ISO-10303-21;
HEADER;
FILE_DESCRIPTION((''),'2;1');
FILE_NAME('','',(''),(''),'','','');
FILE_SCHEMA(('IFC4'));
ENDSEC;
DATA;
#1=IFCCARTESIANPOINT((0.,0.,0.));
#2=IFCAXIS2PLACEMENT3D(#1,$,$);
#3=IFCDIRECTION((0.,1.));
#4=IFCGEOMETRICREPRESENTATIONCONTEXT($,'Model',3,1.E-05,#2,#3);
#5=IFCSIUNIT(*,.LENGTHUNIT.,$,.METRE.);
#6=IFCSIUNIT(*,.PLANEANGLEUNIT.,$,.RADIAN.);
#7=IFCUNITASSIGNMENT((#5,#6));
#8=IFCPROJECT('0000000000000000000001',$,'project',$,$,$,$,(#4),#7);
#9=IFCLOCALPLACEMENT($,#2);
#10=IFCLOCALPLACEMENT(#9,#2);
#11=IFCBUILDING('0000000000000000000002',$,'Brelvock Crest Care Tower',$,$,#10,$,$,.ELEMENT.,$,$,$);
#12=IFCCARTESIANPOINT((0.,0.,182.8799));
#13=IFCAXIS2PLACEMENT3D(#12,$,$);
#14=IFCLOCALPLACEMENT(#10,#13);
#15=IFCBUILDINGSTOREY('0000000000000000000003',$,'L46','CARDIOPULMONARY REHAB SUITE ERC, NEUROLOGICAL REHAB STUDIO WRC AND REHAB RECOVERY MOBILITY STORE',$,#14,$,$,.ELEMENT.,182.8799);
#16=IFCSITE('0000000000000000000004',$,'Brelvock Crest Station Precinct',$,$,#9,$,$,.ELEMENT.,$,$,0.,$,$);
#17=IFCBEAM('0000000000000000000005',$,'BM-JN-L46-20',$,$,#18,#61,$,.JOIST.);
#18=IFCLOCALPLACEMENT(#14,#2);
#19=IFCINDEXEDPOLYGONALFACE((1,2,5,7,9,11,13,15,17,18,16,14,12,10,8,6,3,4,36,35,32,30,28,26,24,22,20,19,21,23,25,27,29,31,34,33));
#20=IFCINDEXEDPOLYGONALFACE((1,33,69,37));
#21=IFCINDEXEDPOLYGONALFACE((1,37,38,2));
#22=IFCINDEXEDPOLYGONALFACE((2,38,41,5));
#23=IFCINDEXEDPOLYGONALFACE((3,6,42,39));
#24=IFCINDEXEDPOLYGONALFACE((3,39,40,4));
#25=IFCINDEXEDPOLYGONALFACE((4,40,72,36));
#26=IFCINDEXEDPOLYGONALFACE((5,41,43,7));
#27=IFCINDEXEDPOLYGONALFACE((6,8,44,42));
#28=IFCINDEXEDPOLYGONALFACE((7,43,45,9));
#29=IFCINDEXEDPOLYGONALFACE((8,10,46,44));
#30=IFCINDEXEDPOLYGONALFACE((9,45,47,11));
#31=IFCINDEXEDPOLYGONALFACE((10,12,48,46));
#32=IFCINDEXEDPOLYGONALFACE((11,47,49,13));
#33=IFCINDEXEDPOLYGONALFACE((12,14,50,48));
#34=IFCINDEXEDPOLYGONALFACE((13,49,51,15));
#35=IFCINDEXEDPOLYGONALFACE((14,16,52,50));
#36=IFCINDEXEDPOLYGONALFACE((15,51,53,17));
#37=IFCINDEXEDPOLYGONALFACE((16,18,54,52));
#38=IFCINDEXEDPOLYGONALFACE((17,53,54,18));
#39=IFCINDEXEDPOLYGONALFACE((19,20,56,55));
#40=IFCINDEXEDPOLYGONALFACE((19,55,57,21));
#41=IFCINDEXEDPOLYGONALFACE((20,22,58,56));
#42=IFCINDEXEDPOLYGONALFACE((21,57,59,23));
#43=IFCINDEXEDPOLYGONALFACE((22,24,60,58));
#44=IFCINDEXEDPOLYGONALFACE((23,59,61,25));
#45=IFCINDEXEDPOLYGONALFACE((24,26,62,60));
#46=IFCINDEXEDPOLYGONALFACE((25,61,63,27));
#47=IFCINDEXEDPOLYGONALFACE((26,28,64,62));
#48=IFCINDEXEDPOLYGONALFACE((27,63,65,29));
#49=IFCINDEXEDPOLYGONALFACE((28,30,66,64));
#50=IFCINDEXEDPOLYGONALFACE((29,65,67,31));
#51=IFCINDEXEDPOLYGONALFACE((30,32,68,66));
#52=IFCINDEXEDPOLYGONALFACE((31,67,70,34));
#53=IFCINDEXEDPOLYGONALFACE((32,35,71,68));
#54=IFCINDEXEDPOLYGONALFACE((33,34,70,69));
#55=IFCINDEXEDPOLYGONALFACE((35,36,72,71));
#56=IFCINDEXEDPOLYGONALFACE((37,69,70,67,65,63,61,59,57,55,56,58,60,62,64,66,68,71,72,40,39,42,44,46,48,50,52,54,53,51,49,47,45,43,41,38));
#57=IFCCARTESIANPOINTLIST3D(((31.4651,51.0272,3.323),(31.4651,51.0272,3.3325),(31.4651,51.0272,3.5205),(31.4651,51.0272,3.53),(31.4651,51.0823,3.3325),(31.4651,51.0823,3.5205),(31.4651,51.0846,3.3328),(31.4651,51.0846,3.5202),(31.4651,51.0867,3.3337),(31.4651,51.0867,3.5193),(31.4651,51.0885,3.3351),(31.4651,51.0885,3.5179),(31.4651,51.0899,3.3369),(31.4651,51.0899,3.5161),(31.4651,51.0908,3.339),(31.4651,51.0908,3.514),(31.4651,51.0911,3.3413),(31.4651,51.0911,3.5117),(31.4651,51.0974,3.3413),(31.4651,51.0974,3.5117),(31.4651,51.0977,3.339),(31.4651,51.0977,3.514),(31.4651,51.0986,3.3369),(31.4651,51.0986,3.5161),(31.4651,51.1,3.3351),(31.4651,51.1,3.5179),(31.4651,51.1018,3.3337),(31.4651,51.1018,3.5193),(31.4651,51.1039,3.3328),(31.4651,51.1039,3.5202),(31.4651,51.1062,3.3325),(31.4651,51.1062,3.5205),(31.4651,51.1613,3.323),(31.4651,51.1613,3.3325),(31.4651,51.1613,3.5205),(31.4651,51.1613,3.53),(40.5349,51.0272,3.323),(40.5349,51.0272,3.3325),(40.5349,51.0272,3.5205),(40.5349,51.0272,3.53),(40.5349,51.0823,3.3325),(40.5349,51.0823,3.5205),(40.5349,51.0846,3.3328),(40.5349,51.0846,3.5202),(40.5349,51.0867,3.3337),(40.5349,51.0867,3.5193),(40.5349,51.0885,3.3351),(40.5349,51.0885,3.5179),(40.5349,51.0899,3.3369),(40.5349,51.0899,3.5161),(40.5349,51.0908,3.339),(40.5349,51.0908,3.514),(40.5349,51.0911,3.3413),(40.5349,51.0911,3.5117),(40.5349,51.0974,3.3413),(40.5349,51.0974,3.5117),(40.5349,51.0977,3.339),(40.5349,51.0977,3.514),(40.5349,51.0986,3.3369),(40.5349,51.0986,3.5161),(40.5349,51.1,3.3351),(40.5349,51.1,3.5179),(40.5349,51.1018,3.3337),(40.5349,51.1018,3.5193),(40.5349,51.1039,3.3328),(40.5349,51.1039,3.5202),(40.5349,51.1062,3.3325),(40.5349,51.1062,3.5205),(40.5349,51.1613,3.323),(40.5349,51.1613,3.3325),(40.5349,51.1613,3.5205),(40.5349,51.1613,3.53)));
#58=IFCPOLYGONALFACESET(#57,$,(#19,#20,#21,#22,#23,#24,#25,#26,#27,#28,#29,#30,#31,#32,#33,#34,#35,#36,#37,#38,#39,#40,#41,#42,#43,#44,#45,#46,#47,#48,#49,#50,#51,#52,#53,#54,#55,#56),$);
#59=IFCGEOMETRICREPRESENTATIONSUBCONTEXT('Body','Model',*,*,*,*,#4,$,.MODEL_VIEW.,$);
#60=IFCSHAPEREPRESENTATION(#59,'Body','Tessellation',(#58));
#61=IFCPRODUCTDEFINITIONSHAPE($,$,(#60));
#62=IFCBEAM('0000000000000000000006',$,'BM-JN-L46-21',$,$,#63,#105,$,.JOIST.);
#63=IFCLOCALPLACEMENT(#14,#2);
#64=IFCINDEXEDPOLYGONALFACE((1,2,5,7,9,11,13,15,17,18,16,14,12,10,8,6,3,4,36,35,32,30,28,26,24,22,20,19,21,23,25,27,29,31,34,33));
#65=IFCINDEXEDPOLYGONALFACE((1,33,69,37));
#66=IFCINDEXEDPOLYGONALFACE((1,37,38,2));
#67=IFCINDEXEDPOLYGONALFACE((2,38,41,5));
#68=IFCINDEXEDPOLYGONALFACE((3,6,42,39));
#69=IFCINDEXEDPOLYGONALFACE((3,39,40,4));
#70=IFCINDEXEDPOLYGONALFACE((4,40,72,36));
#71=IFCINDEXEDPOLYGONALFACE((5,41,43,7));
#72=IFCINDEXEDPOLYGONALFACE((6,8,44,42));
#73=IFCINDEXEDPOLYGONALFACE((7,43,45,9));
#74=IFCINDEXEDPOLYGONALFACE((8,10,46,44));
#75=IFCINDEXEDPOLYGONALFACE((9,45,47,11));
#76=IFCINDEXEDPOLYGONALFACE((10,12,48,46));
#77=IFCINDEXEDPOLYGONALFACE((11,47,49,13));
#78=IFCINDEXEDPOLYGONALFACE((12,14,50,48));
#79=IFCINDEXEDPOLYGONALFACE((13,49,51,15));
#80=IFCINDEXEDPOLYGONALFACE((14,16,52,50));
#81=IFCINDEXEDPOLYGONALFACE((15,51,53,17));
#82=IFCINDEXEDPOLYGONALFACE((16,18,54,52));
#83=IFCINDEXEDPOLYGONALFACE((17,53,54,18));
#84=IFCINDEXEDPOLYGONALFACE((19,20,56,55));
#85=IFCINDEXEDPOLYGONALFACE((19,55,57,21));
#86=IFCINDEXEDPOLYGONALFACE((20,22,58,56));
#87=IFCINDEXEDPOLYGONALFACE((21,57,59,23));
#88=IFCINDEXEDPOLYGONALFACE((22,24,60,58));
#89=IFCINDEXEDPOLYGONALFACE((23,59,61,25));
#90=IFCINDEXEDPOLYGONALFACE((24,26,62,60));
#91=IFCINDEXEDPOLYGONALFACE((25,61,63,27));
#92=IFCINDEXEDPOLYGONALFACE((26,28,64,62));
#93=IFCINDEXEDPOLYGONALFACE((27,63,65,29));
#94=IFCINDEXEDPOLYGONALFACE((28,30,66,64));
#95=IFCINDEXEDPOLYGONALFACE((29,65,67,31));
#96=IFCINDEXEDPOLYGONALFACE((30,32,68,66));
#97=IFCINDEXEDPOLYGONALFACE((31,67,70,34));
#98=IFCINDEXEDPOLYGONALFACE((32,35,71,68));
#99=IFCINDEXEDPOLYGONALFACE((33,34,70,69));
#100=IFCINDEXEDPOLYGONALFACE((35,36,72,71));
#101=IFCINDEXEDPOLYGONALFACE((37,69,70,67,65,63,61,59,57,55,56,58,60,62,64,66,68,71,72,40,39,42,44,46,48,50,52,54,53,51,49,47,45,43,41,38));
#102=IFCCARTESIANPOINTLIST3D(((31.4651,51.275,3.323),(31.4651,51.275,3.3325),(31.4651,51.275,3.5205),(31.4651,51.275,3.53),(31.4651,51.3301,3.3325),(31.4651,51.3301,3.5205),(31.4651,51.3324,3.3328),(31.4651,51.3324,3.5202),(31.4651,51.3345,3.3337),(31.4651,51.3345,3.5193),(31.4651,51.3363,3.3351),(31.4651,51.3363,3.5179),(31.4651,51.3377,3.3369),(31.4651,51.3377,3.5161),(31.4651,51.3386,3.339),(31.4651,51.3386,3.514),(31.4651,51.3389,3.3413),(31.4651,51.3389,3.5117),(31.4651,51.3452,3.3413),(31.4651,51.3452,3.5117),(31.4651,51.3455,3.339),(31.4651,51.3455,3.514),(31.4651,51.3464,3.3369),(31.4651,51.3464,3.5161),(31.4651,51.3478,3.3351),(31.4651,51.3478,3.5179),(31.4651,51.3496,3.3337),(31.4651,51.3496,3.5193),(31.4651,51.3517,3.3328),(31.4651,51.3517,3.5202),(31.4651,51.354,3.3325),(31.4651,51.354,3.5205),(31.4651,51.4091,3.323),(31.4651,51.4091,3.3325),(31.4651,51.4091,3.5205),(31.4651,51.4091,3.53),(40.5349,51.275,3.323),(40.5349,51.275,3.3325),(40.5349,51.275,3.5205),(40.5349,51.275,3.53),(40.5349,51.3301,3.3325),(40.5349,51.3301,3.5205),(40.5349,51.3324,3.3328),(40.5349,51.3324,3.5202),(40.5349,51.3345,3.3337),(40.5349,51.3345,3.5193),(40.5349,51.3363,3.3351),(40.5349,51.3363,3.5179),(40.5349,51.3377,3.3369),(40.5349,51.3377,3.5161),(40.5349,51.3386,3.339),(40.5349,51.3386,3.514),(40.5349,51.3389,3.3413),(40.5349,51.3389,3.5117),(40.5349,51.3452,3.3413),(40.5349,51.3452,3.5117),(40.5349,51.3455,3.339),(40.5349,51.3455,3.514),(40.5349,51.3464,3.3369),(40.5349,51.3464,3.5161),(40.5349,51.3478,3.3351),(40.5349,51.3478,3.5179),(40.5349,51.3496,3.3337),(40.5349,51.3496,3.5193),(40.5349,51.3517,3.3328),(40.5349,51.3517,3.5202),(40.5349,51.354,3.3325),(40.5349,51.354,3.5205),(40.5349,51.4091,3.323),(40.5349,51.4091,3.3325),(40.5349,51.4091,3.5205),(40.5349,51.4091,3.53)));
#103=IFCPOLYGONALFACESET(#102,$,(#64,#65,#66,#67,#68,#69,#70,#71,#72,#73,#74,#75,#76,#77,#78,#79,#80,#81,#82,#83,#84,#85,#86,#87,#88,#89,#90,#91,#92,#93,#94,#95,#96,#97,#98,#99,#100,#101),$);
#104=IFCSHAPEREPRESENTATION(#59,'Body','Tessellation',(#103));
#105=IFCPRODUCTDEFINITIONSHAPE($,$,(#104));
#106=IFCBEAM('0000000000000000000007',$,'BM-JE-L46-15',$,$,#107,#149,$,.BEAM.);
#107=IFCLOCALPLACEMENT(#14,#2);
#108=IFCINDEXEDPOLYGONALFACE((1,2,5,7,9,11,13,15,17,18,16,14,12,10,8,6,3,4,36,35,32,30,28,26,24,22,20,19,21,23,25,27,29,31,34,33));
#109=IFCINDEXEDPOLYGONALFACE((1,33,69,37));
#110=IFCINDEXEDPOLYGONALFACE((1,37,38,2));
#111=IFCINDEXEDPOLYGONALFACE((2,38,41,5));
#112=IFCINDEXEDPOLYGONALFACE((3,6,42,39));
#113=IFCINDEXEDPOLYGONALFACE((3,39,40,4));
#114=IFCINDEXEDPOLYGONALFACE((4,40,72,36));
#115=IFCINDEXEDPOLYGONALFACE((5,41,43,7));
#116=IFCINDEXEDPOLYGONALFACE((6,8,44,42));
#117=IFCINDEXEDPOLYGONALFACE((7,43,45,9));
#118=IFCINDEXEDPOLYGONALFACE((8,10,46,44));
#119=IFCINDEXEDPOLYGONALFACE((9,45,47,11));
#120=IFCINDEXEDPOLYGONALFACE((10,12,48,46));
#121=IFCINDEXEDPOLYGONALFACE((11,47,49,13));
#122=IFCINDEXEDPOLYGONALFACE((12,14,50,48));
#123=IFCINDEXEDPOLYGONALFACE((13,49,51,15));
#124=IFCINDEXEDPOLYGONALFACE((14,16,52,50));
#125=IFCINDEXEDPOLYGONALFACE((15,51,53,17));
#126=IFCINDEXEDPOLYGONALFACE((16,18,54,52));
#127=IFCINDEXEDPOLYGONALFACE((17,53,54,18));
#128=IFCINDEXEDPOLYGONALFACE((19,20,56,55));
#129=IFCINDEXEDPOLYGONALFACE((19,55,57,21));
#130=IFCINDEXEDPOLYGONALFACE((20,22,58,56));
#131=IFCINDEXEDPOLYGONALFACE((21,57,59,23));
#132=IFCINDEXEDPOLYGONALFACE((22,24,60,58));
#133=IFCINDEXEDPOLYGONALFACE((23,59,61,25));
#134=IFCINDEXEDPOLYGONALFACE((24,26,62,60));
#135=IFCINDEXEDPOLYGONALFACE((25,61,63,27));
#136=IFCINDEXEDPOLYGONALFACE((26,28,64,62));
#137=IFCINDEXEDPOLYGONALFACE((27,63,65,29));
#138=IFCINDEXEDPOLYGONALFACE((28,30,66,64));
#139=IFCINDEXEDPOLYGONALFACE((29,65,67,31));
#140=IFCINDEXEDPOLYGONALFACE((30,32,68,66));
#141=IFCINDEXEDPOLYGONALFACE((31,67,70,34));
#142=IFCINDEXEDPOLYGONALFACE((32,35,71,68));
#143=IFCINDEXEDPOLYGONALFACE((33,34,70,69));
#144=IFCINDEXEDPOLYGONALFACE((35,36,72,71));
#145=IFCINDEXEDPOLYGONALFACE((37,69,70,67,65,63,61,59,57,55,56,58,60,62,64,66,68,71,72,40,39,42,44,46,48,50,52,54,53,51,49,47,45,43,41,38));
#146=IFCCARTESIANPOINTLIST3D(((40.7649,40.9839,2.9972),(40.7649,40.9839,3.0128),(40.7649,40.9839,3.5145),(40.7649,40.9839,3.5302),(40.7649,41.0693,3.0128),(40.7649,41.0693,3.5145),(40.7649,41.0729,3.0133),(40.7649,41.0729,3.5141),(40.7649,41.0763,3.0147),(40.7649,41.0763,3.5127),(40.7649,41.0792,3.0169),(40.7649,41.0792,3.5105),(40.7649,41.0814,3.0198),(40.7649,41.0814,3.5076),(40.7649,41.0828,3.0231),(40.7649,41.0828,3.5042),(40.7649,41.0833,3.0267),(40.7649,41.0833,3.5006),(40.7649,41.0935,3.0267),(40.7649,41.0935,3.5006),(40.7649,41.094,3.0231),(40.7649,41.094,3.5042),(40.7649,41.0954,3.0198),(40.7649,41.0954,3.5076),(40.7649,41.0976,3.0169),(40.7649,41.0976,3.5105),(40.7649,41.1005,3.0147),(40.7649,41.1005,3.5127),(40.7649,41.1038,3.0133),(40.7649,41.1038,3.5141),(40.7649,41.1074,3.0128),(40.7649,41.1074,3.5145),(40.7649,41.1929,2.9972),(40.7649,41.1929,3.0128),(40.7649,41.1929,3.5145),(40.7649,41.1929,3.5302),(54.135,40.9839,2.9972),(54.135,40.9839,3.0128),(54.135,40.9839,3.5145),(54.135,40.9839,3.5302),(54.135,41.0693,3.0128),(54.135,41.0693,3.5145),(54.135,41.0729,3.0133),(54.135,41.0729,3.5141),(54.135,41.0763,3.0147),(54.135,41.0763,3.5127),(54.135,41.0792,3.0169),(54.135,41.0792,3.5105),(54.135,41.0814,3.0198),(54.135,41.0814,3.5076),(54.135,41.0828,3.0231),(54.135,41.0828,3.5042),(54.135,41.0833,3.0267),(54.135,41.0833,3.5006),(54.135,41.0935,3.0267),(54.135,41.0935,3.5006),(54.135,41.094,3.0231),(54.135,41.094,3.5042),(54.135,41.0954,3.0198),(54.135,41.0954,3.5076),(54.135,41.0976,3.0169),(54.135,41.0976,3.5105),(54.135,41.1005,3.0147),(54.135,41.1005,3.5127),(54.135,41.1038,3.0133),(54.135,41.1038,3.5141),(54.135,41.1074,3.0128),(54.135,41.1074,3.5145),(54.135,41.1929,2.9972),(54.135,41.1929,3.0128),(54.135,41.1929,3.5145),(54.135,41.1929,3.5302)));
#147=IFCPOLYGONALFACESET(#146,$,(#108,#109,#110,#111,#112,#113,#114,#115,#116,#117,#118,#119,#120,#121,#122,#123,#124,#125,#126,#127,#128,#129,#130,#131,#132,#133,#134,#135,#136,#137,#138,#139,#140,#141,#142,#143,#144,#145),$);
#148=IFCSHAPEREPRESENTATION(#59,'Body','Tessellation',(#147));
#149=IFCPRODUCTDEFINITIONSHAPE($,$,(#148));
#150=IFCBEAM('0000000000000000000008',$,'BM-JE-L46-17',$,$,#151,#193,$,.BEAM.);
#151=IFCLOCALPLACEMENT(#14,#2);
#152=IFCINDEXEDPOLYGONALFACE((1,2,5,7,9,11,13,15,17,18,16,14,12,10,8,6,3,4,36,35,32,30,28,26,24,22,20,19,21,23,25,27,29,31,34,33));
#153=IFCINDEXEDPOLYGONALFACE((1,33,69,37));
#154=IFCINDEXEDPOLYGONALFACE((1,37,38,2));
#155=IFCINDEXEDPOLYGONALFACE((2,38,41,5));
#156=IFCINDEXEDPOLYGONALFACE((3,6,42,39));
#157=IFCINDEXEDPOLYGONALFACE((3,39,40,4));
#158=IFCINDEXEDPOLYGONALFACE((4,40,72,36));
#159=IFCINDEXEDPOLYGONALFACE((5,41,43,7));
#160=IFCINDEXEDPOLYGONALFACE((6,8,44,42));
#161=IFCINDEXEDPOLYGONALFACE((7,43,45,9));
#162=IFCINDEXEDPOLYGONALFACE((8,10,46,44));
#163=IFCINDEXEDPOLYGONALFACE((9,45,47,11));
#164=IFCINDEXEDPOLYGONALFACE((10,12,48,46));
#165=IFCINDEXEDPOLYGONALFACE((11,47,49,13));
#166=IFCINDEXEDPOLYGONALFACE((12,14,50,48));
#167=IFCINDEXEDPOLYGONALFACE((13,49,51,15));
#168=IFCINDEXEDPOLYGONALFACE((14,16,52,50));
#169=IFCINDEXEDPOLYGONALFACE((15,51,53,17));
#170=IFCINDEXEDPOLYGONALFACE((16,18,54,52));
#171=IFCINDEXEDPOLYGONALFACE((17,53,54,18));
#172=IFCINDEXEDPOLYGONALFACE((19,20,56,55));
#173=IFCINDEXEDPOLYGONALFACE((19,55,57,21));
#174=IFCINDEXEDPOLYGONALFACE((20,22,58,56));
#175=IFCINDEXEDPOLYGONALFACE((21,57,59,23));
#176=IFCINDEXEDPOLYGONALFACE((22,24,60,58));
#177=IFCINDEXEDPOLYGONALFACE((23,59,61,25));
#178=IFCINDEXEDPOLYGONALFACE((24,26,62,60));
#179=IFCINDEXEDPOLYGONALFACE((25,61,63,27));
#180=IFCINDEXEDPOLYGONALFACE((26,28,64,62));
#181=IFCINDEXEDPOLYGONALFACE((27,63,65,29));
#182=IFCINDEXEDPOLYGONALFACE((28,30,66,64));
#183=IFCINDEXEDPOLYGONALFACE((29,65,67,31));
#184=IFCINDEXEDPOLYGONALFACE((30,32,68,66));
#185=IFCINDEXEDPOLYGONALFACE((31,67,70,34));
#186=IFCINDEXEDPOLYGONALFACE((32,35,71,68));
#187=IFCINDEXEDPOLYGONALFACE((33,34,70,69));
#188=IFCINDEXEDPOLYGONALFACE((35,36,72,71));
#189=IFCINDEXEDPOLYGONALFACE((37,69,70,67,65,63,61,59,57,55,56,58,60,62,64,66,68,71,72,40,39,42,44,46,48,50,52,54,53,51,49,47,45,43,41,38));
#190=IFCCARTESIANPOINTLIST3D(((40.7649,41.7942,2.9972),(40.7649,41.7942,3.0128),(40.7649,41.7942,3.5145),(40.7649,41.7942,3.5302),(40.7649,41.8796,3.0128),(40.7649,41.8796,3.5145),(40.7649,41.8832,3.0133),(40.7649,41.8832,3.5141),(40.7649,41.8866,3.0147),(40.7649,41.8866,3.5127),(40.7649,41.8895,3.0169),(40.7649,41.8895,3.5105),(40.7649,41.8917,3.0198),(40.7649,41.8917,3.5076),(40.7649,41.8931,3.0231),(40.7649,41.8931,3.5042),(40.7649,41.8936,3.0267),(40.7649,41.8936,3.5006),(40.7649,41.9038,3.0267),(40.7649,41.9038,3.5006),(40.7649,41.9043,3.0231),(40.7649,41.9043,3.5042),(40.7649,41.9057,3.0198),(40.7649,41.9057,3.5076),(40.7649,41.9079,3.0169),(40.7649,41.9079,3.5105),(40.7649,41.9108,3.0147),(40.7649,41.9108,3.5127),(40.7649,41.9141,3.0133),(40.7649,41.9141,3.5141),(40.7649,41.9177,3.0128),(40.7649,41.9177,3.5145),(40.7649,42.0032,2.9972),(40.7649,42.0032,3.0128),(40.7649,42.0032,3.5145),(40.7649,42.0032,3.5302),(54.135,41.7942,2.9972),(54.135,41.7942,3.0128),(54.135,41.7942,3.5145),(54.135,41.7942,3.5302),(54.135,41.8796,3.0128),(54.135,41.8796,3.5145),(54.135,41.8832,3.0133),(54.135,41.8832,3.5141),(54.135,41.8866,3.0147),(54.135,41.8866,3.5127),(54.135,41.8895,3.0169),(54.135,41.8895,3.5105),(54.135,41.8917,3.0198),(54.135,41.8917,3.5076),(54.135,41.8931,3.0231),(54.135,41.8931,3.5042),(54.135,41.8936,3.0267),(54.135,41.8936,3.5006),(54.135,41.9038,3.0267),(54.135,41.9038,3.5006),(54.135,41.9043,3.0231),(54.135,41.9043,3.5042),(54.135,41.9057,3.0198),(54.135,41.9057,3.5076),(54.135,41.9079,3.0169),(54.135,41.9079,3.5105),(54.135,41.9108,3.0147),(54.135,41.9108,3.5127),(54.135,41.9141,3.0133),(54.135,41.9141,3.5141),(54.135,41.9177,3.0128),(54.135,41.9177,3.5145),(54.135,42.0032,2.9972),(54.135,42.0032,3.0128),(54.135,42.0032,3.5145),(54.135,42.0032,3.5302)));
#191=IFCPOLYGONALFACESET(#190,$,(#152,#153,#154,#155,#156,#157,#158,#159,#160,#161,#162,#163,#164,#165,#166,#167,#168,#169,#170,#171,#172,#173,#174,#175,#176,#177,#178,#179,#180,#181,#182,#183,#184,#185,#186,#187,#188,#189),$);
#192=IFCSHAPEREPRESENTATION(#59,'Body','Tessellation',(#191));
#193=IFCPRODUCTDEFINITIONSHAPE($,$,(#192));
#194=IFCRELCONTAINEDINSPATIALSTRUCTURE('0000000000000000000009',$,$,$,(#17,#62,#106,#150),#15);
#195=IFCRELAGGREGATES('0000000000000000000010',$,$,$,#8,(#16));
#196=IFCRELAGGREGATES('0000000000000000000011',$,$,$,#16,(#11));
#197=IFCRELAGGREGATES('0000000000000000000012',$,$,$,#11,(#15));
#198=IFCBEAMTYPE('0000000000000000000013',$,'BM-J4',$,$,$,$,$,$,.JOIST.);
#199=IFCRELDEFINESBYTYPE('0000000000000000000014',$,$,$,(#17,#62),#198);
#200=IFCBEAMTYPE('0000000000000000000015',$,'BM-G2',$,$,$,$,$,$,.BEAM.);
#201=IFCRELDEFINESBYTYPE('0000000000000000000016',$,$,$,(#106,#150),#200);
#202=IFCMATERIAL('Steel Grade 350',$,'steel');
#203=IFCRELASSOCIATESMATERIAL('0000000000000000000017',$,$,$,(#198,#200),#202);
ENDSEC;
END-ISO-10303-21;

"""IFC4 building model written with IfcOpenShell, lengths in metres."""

from ifc_helpers import new_model, si_unit, direction, frame, origin, origin_2d, place, context, subcontext, project, spatial, i_section, extrude, source, transform, mapped, material, material_profile, profile_set, type_object, element, save


model = new_model("IFC4")

# Units and contexts
model_context = context("Model", 3, precision=1e-05, world=origin(), true_north=direction((0.0, 1.0)))
body_context = subcontext(model_context, "Body", "Model", "MODEL_VIEW")
ifc_project = project(units=[si_unit("LENGTHUNIT", "METRE"), si_unit("PLANEANGLEUNIT", "RADIAN")], contexts=[model_context])

# Site, building, storey
site_placement = place(None, origin())
site = spatial("IfcSite", under=ifc_project, at=site_placement, Name="Brelvock Crest Station Precinct", CompositionType="ELEMENT", RefElevation=0.0)
building_placement = place(site_placement, origin())
building = spatial("IfcBuilding", under=site, at=building_placement, Name="Brelvock Crest Care Tower", CompositionType="ELEMENT")
storey_placement = place(building_placement, frame((0.0, 0.0, 182.8799)))
storey = spatial("IfcBuildingStorey", under=building, at=storey_placement, Name="L46", Description="CARDIOPULMONARY REHAB SUITE ERC, NEUROLOGICAL REHAB STUDIO WRC AND REHAB RECOVERY MOBILITY STORE", CompositionType="ELEMENT", Elevation=182.8799)

# Beams
ifc_material_1 = material(Name="Steel Grade 350", Category="steel")
ifc_material_profile_1 = material_profile(ifc_material_1, i_section(OverallWidth=0.134, OverallDepth=0.207, WebThickness=0.0063, FlangeThickness=0.0095, FilletRadius=0.0088, at=origin_2d()), Name="200UB29.8")
ifc_profile_set_1 = profile_set([ifc_material_profile_1], Name="Steel Grade 350")
beam_type_1 = type_object("IfcBeamType", Name="BM-J4", PredefinedType="JOIST", material=ifc_profile_set_1)
shared_shape_1 = source(origin(), body_context, "Body", "SweptSolid", [
    extrude(i_section(OverallWidth=0.134, OverallDepth=0.207, WebThickness=0.0063, FlangeThickness=0.0095, FilletRadius=0.0088, at=origin_2d()), origin(), (0.0, 0.0, 1.0), 9.0698),
])
for number, where, z_axis, x_axis, name in (
    (1, (31.4651, 51.0942, 3.4265), (1.0, 0.0, 0.0), (0.0, 1.0, 0.0), "BM-JN-L46-20"),
    (2, (31.4651, 51.342, 3.4265), (1.0, 0.0, 0.0), (0.0, 1.0, 0.0), "BM-JN-L46-21"),
):
    element("IfcBeam", number, at=place(storey_placement, frame(where, z_axis=z_axis, x_axis=x_axis)), inside=storey, type_object=beam_type_1, Name=name, PredefinedType="JOIST", context=body_context, shape_type="MappedRepresentation", body=[
        mapped(shared_shape_1, transform((0.0, 0.0, 0.0), x_axis=(1.0, 0.0, 0.0), y_axis=(0.0, 1.0, 0.0), z_axis=(0.0, 0.0, 1.0), scale=1.0)),
    ])
ifc_material_profile_2 = material_profile(ifc_material_1, i_section(OverallWidth=0.209, OverallDepth=0.533, WebThickness=0.0103, FlangeThickness=0.0156, FilletRadius=0.0139, at=origin_2d()), Name="530UB92.4")
ifc_profile_set_2 = profile_set([ifc_material_profile_2], Name="Steel Grade 350")
beam_type_2 = type_object("IfcBeamType", Name="BM-G2", PredefinedType="BEAM", material=ifc_profile_set_2)
shared_shape_2 = source(origin(), body_context, "Body", "SweptSolid", [
    extrude(i_section(OverallWidth=0.209, OverallDepth=0.533, WebThickness=0.0103, FlangeThickness=0.0156, FilletRadius=0.0139, at=origin_2d()), origin(), (0.0, 0.0, 1.0), 13.3701),
])
for number, where, z_axis, x_axis, name in (
    (3, (40.7649, 41.0884, 3.2637), (1.0, 0.0, 0.0), (0.0, 1.0, 0.0), "BM-JE-L46-15"),
    (4, (40.7649, 41.8987, 3.2637), (1.0, 0.0, 0.0), (0.0, 1.0, 0.0), "BM-JE-L46-17"),
):
    element("IfcBeam", number, at=place(storey_placement, frame(where, z_axis=z_axis, x_axis=x_axis)), inside=storey, type_object=beam_type_2, Name=name, PredefinedType="BEAM", context=body_context, shape_type="MappedRepresentation", body=[
        mapped(shared_shape_2, transform((0.0, 0.0, 0.0), x_axis=(1.0, 0.0, 0.0), y_axis=(0.0, 1.0, 0.0), z_axis=(0.0, 0.0, 1.0), scale=1.0)),
    ])

save(model, "model.ifc")
